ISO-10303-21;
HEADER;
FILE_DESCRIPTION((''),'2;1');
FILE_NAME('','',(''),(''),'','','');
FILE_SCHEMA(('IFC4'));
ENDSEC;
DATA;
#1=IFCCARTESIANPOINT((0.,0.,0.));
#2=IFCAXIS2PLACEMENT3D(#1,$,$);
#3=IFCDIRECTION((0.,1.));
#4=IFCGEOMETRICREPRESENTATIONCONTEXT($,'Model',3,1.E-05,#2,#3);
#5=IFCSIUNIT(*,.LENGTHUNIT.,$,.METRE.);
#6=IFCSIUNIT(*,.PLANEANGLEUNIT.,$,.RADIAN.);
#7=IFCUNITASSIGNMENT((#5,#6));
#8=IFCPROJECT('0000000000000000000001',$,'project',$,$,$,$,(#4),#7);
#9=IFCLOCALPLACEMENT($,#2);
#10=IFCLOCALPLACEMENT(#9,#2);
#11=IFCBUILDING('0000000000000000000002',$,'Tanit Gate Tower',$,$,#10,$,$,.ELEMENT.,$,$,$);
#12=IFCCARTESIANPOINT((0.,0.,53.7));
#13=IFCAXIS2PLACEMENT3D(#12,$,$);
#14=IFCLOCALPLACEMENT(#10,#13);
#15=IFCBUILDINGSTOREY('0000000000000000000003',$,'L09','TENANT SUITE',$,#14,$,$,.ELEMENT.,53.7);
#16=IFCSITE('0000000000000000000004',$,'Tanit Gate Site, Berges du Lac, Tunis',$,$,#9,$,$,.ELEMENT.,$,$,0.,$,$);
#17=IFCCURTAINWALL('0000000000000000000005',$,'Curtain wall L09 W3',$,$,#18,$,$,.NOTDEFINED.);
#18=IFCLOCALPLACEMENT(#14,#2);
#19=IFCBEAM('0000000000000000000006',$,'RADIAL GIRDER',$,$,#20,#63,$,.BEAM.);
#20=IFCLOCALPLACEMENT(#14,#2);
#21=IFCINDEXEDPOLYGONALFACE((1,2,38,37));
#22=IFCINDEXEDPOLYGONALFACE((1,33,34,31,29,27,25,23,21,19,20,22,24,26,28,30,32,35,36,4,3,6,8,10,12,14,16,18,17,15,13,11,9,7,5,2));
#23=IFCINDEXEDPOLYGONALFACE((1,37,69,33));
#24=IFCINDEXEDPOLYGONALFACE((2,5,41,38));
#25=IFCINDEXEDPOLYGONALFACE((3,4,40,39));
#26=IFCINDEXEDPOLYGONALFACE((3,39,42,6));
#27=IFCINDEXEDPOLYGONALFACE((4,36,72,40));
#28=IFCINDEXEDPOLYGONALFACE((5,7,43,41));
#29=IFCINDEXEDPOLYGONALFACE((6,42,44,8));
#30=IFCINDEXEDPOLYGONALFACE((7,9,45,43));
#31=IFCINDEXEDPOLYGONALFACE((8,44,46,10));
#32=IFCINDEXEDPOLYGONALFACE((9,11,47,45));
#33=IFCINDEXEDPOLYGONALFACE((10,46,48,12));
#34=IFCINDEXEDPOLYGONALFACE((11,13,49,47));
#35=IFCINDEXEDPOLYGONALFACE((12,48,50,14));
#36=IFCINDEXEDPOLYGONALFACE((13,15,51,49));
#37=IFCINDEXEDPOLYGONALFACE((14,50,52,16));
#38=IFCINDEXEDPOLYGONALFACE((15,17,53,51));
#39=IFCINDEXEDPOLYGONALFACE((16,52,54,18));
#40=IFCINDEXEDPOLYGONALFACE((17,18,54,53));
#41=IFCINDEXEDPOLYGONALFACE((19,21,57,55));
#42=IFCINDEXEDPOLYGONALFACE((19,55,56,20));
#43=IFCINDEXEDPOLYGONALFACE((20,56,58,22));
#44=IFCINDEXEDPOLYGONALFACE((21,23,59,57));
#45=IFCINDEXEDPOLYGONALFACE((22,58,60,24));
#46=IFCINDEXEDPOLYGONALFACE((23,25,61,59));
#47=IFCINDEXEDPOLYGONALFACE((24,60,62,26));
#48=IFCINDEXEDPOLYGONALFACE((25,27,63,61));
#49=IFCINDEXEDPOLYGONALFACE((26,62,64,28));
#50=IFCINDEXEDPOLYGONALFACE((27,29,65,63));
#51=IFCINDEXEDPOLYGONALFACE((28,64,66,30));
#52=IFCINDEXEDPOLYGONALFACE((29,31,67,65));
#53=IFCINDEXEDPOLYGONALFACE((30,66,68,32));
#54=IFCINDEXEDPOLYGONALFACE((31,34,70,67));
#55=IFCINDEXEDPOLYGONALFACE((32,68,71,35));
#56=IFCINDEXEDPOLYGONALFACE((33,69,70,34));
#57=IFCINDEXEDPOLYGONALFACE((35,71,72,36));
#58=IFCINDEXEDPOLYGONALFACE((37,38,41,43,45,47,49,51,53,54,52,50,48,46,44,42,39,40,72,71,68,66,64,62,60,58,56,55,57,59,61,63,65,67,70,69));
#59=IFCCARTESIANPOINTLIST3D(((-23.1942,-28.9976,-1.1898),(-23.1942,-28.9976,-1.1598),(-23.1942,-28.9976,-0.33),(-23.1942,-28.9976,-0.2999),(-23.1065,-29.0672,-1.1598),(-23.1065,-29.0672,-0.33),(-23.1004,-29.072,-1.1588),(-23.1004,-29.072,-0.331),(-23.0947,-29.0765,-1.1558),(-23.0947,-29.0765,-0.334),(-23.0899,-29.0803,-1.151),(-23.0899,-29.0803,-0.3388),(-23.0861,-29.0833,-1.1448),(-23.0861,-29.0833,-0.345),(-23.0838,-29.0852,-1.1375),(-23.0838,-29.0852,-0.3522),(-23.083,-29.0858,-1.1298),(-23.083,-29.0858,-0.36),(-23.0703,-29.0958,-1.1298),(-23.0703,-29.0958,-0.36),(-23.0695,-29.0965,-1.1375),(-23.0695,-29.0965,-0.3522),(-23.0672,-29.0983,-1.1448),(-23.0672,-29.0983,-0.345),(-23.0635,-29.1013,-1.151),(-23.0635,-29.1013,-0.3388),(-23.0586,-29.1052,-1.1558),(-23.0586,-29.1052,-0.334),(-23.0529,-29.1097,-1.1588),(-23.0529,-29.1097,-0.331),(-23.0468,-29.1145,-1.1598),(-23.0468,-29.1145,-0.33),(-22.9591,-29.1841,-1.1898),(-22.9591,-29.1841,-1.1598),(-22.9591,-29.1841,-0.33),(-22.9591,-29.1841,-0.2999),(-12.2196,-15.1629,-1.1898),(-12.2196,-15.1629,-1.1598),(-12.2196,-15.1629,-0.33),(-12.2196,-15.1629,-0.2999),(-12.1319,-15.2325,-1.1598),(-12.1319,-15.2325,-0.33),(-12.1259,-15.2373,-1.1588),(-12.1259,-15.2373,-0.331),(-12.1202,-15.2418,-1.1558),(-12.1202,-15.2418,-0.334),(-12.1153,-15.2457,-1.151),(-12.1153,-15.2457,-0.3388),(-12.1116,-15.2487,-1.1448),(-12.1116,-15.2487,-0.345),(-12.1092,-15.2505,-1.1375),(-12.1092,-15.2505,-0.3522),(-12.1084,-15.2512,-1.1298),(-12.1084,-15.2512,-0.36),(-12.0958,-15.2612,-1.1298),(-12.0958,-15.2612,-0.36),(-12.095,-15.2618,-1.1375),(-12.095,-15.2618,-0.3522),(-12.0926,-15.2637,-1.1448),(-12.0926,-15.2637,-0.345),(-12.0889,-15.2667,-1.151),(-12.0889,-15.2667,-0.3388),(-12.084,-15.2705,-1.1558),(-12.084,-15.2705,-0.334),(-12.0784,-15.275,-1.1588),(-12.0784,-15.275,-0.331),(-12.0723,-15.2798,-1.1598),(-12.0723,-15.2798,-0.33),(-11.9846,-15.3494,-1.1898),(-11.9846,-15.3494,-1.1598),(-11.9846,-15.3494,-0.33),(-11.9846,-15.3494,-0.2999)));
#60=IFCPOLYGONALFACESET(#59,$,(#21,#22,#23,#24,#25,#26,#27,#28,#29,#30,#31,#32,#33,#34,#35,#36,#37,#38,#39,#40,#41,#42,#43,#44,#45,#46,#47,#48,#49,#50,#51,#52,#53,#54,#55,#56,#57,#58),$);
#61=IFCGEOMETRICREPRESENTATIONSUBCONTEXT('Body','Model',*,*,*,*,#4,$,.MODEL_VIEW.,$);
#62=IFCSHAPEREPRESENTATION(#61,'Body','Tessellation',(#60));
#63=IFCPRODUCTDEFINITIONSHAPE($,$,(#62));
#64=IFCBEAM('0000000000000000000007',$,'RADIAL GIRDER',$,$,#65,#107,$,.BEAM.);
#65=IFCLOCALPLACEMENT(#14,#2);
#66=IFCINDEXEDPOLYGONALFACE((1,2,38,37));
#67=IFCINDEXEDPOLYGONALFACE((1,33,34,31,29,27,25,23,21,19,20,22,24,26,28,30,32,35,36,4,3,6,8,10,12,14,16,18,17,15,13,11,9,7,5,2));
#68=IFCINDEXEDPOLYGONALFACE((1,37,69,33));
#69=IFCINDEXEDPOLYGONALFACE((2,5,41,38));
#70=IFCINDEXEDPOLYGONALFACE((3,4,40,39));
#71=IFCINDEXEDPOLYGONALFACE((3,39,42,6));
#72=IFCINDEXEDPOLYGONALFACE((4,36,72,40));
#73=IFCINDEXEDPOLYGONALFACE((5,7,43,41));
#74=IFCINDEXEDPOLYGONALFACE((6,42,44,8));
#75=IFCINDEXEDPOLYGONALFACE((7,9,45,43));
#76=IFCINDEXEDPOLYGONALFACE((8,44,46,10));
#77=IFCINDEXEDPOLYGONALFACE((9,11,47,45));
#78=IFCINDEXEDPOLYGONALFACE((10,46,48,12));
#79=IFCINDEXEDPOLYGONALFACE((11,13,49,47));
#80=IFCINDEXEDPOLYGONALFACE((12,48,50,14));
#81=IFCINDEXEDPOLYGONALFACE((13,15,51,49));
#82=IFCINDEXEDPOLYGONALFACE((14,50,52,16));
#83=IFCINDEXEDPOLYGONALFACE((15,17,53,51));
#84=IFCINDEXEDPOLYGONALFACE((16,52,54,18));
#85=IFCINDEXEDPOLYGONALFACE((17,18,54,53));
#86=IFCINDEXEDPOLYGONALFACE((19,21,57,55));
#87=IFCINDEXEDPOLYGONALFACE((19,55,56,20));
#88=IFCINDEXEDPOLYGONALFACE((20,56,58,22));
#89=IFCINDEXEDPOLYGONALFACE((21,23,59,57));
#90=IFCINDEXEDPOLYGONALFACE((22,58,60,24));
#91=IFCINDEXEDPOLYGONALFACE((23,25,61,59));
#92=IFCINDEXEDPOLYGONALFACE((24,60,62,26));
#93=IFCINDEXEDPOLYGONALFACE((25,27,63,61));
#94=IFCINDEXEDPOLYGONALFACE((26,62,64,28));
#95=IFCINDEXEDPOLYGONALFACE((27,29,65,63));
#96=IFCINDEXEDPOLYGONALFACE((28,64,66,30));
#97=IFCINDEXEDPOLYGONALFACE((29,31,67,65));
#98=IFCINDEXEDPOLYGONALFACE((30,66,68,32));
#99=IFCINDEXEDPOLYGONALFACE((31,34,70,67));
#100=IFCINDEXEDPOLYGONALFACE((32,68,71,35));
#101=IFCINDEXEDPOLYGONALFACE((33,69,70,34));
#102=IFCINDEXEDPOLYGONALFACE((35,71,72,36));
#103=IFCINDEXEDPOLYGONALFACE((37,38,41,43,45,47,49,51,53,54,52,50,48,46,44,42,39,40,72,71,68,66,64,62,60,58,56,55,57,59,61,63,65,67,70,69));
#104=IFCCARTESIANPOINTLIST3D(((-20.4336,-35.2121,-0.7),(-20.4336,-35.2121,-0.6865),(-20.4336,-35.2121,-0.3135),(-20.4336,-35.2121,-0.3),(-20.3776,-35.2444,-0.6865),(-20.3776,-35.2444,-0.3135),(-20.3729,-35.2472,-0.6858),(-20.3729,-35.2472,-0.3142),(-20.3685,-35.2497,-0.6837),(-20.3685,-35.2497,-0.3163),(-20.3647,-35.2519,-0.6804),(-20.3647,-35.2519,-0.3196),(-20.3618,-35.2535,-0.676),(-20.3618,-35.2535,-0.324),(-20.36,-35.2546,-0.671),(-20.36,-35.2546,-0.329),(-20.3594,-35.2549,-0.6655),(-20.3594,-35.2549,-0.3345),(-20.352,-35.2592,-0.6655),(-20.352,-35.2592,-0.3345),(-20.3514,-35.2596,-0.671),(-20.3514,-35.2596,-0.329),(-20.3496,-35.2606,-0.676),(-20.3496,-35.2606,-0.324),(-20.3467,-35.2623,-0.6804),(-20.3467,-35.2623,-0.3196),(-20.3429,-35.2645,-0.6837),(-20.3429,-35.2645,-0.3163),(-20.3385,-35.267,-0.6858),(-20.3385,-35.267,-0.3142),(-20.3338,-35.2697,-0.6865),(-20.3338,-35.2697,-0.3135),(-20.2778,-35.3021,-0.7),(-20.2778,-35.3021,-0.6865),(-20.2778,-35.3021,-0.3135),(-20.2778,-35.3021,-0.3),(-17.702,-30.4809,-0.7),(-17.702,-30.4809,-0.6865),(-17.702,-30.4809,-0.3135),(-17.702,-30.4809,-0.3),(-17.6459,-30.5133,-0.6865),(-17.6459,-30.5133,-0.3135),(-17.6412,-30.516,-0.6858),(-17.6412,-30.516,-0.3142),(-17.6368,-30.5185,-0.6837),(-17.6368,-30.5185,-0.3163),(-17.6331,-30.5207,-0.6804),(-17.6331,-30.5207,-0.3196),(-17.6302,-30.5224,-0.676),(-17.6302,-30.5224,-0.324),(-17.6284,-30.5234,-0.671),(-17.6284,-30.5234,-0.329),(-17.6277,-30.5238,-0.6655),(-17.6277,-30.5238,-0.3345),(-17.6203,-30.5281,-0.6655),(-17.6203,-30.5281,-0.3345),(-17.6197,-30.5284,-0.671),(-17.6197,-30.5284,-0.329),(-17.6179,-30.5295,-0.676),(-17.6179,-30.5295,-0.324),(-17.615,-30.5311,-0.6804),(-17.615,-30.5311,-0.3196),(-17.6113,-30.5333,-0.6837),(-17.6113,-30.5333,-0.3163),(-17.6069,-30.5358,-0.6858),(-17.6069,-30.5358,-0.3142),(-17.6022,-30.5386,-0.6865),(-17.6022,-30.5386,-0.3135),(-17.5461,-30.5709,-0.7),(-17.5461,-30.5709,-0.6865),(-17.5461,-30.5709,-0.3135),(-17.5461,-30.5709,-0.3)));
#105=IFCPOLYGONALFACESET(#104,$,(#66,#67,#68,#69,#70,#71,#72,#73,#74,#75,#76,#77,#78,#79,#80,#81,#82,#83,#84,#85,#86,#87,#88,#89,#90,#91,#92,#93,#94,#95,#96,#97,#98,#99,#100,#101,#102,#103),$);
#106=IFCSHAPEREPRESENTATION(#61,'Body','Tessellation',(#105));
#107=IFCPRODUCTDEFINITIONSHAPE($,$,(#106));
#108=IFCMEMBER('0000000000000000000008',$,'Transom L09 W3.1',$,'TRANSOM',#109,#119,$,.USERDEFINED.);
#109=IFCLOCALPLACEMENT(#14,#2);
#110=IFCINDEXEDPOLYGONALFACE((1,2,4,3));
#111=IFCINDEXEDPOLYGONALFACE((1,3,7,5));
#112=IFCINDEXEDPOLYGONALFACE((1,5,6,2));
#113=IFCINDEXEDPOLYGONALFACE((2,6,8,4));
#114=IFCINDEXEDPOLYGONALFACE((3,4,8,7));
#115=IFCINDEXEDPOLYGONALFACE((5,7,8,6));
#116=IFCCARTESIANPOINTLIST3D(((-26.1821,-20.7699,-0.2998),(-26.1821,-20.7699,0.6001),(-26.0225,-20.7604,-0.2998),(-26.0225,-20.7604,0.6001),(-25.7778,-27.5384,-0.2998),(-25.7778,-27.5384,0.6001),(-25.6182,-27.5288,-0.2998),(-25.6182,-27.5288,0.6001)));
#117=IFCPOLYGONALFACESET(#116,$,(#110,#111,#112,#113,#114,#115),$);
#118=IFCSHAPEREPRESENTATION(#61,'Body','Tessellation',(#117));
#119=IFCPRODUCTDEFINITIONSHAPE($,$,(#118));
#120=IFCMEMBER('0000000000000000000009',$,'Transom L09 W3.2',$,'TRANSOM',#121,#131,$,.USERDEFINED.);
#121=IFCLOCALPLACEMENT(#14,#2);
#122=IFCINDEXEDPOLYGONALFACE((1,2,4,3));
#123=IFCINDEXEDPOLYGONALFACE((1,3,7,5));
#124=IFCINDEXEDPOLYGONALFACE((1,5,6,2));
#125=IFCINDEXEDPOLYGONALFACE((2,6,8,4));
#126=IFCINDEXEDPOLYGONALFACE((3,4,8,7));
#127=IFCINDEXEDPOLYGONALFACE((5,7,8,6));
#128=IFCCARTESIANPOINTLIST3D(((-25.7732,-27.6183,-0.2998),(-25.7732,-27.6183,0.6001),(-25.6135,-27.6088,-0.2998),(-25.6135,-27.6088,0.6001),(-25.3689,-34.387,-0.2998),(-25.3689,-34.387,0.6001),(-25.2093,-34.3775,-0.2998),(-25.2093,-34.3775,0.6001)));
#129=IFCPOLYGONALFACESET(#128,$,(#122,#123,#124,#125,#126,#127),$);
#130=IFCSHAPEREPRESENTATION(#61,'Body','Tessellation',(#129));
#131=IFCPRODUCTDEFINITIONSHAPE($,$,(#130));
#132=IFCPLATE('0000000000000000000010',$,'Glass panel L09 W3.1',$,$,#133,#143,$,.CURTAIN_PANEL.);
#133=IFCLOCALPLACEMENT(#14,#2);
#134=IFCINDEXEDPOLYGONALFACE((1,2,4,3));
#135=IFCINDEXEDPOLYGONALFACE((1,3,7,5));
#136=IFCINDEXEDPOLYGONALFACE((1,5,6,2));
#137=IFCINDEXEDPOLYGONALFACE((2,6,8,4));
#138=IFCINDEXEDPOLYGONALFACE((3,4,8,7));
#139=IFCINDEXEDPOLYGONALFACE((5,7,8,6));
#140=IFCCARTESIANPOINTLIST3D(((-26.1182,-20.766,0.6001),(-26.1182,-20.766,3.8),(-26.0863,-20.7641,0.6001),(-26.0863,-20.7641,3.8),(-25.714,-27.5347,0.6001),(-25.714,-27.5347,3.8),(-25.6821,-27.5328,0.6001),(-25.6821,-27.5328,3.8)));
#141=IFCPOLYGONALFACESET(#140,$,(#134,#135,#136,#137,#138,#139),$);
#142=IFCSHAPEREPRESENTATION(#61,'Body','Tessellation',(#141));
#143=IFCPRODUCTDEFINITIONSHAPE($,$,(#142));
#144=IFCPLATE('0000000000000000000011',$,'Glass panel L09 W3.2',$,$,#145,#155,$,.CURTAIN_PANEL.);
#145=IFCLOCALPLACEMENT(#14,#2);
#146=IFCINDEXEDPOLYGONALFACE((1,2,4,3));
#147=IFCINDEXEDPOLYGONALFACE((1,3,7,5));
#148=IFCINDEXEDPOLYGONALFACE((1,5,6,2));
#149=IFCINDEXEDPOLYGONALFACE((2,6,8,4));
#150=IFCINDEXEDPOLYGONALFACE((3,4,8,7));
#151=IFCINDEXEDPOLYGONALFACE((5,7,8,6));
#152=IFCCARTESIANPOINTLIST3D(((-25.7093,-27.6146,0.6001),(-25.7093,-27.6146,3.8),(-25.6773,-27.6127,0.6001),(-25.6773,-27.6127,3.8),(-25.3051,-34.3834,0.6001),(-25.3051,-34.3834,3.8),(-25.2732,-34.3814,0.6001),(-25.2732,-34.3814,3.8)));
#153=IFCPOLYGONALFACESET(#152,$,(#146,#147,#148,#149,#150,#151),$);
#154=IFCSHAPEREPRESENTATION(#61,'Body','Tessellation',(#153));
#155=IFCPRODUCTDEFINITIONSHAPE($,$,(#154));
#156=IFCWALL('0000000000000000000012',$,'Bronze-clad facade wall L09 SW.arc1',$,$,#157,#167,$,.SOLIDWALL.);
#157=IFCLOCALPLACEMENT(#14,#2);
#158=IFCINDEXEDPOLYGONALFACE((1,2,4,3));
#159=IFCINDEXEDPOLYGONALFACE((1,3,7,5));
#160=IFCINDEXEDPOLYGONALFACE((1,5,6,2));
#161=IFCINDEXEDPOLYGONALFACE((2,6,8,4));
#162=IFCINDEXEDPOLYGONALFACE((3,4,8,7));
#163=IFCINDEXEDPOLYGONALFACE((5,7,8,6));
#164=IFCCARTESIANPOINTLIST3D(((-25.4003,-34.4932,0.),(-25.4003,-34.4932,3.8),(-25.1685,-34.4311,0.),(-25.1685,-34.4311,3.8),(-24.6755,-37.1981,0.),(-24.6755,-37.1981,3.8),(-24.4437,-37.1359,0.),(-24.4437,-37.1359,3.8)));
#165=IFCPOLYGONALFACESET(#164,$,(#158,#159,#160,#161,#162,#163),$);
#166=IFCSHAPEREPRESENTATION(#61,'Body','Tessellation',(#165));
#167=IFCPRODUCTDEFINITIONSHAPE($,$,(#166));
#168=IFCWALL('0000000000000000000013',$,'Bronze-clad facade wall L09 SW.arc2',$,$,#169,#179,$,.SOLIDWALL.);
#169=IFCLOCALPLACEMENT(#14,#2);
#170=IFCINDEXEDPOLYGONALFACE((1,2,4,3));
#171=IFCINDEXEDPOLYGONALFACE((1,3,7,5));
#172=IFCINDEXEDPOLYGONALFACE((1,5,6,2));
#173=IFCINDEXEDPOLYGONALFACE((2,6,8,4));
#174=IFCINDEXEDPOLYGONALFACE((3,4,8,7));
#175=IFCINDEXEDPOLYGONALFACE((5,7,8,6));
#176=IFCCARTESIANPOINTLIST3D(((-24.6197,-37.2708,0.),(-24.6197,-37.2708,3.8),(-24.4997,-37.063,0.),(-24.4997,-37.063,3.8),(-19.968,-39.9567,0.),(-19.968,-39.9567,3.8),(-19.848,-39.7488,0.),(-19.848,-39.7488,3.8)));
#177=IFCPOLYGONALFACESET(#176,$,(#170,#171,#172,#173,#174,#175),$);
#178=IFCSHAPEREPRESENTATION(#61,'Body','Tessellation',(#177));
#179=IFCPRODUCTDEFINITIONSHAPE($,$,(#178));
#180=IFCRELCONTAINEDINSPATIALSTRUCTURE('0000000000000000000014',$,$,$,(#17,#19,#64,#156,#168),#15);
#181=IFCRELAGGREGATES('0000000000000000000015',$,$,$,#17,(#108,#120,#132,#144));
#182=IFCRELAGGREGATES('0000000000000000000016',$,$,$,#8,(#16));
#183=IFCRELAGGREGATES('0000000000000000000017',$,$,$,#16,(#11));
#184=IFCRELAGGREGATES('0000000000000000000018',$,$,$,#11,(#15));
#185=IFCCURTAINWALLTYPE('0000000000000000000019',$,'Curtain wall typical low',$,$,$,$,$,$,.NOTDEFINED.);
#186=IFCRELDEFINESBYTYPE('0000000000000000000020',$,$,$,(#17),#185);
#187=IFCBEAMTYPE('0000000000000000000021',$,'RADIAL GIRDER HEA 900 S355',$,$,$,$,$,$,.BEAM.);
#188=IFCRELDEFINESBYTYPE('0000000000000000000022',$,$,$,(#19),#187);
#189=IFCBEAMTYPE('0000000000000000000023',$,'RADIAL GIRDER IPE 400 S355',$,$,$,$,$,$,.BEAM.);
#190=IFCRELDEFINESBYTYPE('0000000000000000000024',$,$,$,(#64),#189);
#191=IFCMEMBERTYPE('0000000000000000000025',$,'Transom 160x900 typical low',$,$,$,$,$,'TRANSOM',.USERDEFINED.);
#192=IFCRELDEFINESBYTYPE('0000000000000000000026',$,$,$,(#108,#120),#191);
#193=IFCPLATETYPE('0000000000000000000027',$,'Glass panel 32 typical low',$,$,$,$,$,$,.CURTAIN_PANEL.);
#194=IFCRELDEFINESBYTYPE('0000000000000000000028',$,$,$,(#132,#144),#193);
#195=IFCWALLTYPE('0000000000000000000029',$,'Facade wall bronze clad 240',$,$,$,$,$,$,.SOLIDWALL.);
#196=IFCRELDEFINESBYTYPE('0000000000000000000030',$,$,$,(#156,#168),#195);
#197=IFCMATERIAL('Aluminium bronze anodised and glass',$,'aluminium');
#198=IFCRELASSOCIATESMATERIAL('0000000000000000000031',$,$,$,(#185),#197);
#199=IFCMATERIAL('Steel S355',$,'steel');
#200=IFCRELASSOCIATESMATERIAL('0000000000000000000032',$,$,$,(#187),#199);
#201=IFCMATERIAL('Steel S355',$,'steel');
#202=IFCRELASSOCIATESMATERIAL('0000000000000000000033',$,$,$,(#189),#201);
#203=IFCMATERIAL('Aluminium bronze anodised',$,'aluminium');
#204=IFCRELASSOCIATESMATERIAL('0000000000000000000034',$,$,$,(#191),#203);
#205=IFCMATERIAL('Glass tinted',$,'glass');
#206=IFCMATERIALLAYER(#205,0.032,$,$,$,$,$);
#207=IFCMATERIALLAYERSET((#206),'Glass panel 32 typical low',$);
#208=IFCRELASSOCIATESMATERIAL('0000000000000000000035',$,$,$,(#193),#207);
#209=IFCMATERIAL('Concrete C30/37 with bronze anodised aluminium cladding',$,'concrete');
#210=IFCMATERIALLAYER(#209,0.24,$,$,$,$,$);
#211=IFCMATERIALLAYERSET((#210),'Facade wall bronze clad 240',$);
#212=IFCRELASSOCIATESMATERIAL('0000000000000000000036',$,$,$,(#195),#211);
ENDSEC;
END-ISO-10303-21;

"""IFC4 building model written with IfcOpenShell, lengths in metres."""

from ifc_helpers import new_model, si_unit, direction, frame, frame_2d, origin, origin_2d, place, context, subcontext, project, spatial, rectangle, i_section, extrude, material, layer, layer_set, material_profile, profile_set, type_object, element, aggregate, save


model = new_model("IFC4")

# Units and contexts
model_context = context("Model", 3, precision=1e-05, world=origin(), true_north=direction((0.0, 1.0)))
body_context = subcontext(model_context, "Body", "Model", "MODEL_VIEW")
ifc_project = project(units=[si_unit("LENGTHUNIT", "METRE"), si_unit("PLANEANGLEUNIT", "RADIAN")], contexts=[model_context])

# Site, building, storey
site_placement = place(None, origin())
site = spatial("IfcSite", under=ifc_project, at=site_placement, Name="Tanit Gate Site, Berges du Lac, Tunis", CompositionType="ELEMENT", RefElevation=0.0)
building_placement = place(site_placement, origin())
building = spatial("IfcBuilding", under=site, at=building_placement, Name="Tanit Gate Tower", CompositionType="ELEMENT")
storey_placement = place(building_placement, frame((0.0, 0.0, 53.7)))
storey = spatial("IfcBuildingStorey", under=building, at=storey_placement, Name="L09", Description="TENANT SUITE", CompositionType="ELEMENT", Elevation=53.7)

# Curtain wall
ifc_material_1 = material(Name="Aluminium bronze anodised and glass", Category="aluminium")
curtain_wall_type = type_object("IfcCurtainWallType", Name="Curtain wall typical low", PredefinedType="NOTDEFINED", material=ifc_material_1)
curtain_wall_1_placement = place(storey_placement, origin())
curtain_wall_1 = element("IfcCurtainWall", 1, at=curtain_wall_1_placement, inside=storey, type_object=curtain_wall_type, Name="Curtain wall L09 W3", PredefinedType="NOTDEFINED")

# Beams
ifc_material_2 = material(Name="Steel S355", Category="steel")
ifc_material_profile_1 = material_profile(ifc_material_2, i_section(OverallWidth=0.3, OverallDepth=0.8899, WebThickness=0.0161, FlangeThickness=0.03, FilletRadius=0.03, at=origin_2d()), Name="HEA 900")
ifc_profile_set_1 = profile_set([ifc_material_profile_1], Name="Steel S355")
beam_type_1 = type_object("IfcBeamType", Name="RADIAL GIRDER HEA 900 S355", PredefinedType="BEAM", material=ifc_profile_set_1)
beam_1_placement = place(storey_placement, frame((-23.0767, -29.0908, -0.7449), z_axis=(0.621473, 0.783436, 0.0), x_axis=(-0.783436, 0.621473, 0.0)))
element("IfcBeam", 2, at=beam_1_placement, inside=storey, type_object=beam_type_1, Name="RADIAL GIRDER", PredefinedType="BEAM", context=body_context, shape_type="SweptSolid", body=[
    extrude(i_section(OverallWidth=0.3, OverallDepth=0.8899, WebThickness=0.0161, FlangeThickness=0.03, FilletRadius=0.03, at=origin_2d()), origin(), (0.0, 0.0, 1.0), 17.6589),
])
ifc_material_3 = material(Name="Steel S355", Category="steel")
ifc_material_profile_2 = material_profile(ifc_material_3, i_section(OverallWidth=0.1799, OverallDepth=0.3999, WebThickness=0.0085, FlangeThickness=0.0134, FilletRadius=0.021, at=origin_2d()), Name="IPE 400")
ifc_profile_set_2 = profile_set([ifc_material_profile_2], Name="Steel S355")
beam_type_2 = type_object("IfcBeamType", Name="RADIAL GIRDER IPE 400 S355", PredefinedType="BEAM", material=ifc_profile_set_2)
beam_2_placement = place(storey_placement, frame((-20.3557, -35.2571, -0.5), z_axis=(0.500018, 0.866015, 0.0), x_axis=(-0.866015, 0.500018, 0.0)))
element("IfcBeam", 3, at=beam_2_placement, inside=storey, type_object=beam_type_2, Name="RADIAL GIRDER", PredefinedType="BEAM", context=body_context, shape_type="SweptSolid", body=[
    extrude(i_section(OverallWidth=0.1799, OverallDepth=0.3999, WebThickness=0.0085, FlangeThickness=0.0134, FilletRadius=0.021, at=origin_2d()), origin(), (0.0, 0.0, 1.0), 5.4631),
])

# Members
ifc_material_4 = material(Name="Aluminium bronze anodised", Category="aluminium")
ifc_material_profile_3 = material_profile(ifc_material_4, rectangle(XDim=0.1599, YDim=0.8999, at=origin_2d()), Name="160x900 bronze transom")
ifc_profile_set_3 = profile_set([ifc_material_profile_3], Name="Aluminium bronze anodised")
member_type_1 = type_object("IfcMemberType", Name="Transom 160x900 typical low", ElementType="TRANSOM", PredefinedType="USERDEFINED", material=ifc_profile_set_3)
member_1_placement = place(storey_placement, frame((-26.1023, -20.7651, 0.1501), z_axis=(0.059625, -0.998221, 0.0), x_axis=(0.998221, 0.059625, 0.0)))
member_1 = element("IfcMember", 4, at=member_1_placement, type_object=member_type_1, Name="Transom L09 W3.1", ObjectType="TRANSOM", PredefinedType="USERDEFINED", context=body_context, shape_type="SweptSolid", body=[
    extrude(rectangle(XDim=0.1599, YDim=0.8999, at=origin_2d()), origin(), (0.0, 0.0, 1.0), 6.7805),
])
member_2_placement = place(storey_placement, frame((-25.6934, -27.6135, 0.1501), z_axis=(0.059623, -0.998221, 0.0), x_axis=(0.998221, 0.059623, 0.0)))
member_2 = element("IfcMember", 5, at=member_2_placement, type_object=member_type_1, Name="Transom L09 W3.2", ObjectType="TRANSOM", PredefinedType="USERDEFINED", context=body_context, shape_type="SweptSolid", body=[
    extrude(rectangle(XDim=0.1599, YDim=0.8999, at=origin_2d()), origin(), (0.0, 0.0, 1.0), 6.7808),
])

# Plates
ifc_material_5 = material(Name="Glass tinted", Category="glass")
ifc_layer_1 = layer(ifc_material_5, 0.032)
ifc_layer_set_1 = layer_set([ifc_layer_1], Name="Glass panel 32 typical low")
plate_type = type_object("IfcPlateType", Name="Glass panel 32 typical low", PredefinedType="CURTAIN_PANEL", material=ifc_layer_set_1)
plate_1_placement = place(storey_placement, frame((-25.9001, -24.1494, 0.6001), z_axis=(0.0, 0.0, 1.0), x_axis=(0.059605, -0.998222, 0.0)))
plate_1 = element("IfcPlate", 6, at=plate_1_placement, type_object=plate_type, Name="Glass panel L09 W3.1", PredefinedType="CURTAIN_PANEL", context=body_context, shape_type="SweptSolid", body=[
    extrude(rectangle(XDim=6.7808, YDim=0.032, at=origin_2d()), origin(), (0.0, 0.0, 1.0), 3.2),
])
plate_2_placement = place(storey_placement, frame((-25.4912, -30.998, 0.6001), z_axis=(0.0, 0.0, 1.0), x_axis=(0.059605, -0.998222, 0.0)))
plate_2 = element("IfcPlate", 7, at=plate_2_placement, type_object=plate_type, Name="Glass panel L09 W3.2", PredefinedType="CURTAIN_PANEL", context=body_context, shape_type="SweptSolid", body=[
    extrude(rectangle(XDim=6.7808, YDim=0.032, at=origin_2d()), origin(), (0.0, 0.0, 1.0), 3.2),
])
aggregate(curtain_wall_1, [member_1, member_2, plate_1, plate_2])

# Walls
ifc_material_6 = material(Name="Concrete C30/37 with bronze anodised aluminium cladding", Category="concrete")
ifc_layer_2 = layer(ifc_material_6, 0.24)
ifc_layer_set_2 = layer_set([ifc_layer_2], Name="Facade wall bronze clad 240")
wall_type_1 = type_object("IfcWallType", Name="Facade wall bronze clad 240", PredefinedType="SOLIDWALL", material=ifc_layer_set_2)
wall_1_placement = place(storey_placement, frame((-25.2844, -34.4622, 0.0), z_axis=(0.0, 0.0, 1.0), x_axis=(0.258851, -0.965917, 0.0)))
element("IfcWall", 8, at=wall_1_placement, inside=storey, type_object=wall_type_1, Name="Bronze-clad facade wall L09 SW.arc1", PredefinedType="SOLIDWALL", context=body_context, shape_type="SweptSolid", body=[
    extrude(rectangle(XDim=2.8003, YDim=0.24, at=frame_2d((1.4001, 0.0))), origin(), (0.0, 0.0, 1.0), 3.8),
])
wall_2_placement = place(storey_placement, frame((-24.5596, -37.167, 0.0), z_axis=(0.0, 0.0, 1.0), x_axis=(0.866011, -0.500025, 0.0)))
element("IfcWall", 9, at=wall_2_placement, inside=storey, type_object=wall_type_1, Name="Bronze-clad facade wall L09 SW.arc2", PredefinedType="SOLIDWALL", context=body_context, shape_type="SweptSolid", body=[
    extrude(rectangle(XDim=5.3713, YDim=0.24, at=frame_2d((2.6855, 0.0))), origin(), (0.0, 0.0, 1.0), 3.8),
])

save(model, "model.ifc")
